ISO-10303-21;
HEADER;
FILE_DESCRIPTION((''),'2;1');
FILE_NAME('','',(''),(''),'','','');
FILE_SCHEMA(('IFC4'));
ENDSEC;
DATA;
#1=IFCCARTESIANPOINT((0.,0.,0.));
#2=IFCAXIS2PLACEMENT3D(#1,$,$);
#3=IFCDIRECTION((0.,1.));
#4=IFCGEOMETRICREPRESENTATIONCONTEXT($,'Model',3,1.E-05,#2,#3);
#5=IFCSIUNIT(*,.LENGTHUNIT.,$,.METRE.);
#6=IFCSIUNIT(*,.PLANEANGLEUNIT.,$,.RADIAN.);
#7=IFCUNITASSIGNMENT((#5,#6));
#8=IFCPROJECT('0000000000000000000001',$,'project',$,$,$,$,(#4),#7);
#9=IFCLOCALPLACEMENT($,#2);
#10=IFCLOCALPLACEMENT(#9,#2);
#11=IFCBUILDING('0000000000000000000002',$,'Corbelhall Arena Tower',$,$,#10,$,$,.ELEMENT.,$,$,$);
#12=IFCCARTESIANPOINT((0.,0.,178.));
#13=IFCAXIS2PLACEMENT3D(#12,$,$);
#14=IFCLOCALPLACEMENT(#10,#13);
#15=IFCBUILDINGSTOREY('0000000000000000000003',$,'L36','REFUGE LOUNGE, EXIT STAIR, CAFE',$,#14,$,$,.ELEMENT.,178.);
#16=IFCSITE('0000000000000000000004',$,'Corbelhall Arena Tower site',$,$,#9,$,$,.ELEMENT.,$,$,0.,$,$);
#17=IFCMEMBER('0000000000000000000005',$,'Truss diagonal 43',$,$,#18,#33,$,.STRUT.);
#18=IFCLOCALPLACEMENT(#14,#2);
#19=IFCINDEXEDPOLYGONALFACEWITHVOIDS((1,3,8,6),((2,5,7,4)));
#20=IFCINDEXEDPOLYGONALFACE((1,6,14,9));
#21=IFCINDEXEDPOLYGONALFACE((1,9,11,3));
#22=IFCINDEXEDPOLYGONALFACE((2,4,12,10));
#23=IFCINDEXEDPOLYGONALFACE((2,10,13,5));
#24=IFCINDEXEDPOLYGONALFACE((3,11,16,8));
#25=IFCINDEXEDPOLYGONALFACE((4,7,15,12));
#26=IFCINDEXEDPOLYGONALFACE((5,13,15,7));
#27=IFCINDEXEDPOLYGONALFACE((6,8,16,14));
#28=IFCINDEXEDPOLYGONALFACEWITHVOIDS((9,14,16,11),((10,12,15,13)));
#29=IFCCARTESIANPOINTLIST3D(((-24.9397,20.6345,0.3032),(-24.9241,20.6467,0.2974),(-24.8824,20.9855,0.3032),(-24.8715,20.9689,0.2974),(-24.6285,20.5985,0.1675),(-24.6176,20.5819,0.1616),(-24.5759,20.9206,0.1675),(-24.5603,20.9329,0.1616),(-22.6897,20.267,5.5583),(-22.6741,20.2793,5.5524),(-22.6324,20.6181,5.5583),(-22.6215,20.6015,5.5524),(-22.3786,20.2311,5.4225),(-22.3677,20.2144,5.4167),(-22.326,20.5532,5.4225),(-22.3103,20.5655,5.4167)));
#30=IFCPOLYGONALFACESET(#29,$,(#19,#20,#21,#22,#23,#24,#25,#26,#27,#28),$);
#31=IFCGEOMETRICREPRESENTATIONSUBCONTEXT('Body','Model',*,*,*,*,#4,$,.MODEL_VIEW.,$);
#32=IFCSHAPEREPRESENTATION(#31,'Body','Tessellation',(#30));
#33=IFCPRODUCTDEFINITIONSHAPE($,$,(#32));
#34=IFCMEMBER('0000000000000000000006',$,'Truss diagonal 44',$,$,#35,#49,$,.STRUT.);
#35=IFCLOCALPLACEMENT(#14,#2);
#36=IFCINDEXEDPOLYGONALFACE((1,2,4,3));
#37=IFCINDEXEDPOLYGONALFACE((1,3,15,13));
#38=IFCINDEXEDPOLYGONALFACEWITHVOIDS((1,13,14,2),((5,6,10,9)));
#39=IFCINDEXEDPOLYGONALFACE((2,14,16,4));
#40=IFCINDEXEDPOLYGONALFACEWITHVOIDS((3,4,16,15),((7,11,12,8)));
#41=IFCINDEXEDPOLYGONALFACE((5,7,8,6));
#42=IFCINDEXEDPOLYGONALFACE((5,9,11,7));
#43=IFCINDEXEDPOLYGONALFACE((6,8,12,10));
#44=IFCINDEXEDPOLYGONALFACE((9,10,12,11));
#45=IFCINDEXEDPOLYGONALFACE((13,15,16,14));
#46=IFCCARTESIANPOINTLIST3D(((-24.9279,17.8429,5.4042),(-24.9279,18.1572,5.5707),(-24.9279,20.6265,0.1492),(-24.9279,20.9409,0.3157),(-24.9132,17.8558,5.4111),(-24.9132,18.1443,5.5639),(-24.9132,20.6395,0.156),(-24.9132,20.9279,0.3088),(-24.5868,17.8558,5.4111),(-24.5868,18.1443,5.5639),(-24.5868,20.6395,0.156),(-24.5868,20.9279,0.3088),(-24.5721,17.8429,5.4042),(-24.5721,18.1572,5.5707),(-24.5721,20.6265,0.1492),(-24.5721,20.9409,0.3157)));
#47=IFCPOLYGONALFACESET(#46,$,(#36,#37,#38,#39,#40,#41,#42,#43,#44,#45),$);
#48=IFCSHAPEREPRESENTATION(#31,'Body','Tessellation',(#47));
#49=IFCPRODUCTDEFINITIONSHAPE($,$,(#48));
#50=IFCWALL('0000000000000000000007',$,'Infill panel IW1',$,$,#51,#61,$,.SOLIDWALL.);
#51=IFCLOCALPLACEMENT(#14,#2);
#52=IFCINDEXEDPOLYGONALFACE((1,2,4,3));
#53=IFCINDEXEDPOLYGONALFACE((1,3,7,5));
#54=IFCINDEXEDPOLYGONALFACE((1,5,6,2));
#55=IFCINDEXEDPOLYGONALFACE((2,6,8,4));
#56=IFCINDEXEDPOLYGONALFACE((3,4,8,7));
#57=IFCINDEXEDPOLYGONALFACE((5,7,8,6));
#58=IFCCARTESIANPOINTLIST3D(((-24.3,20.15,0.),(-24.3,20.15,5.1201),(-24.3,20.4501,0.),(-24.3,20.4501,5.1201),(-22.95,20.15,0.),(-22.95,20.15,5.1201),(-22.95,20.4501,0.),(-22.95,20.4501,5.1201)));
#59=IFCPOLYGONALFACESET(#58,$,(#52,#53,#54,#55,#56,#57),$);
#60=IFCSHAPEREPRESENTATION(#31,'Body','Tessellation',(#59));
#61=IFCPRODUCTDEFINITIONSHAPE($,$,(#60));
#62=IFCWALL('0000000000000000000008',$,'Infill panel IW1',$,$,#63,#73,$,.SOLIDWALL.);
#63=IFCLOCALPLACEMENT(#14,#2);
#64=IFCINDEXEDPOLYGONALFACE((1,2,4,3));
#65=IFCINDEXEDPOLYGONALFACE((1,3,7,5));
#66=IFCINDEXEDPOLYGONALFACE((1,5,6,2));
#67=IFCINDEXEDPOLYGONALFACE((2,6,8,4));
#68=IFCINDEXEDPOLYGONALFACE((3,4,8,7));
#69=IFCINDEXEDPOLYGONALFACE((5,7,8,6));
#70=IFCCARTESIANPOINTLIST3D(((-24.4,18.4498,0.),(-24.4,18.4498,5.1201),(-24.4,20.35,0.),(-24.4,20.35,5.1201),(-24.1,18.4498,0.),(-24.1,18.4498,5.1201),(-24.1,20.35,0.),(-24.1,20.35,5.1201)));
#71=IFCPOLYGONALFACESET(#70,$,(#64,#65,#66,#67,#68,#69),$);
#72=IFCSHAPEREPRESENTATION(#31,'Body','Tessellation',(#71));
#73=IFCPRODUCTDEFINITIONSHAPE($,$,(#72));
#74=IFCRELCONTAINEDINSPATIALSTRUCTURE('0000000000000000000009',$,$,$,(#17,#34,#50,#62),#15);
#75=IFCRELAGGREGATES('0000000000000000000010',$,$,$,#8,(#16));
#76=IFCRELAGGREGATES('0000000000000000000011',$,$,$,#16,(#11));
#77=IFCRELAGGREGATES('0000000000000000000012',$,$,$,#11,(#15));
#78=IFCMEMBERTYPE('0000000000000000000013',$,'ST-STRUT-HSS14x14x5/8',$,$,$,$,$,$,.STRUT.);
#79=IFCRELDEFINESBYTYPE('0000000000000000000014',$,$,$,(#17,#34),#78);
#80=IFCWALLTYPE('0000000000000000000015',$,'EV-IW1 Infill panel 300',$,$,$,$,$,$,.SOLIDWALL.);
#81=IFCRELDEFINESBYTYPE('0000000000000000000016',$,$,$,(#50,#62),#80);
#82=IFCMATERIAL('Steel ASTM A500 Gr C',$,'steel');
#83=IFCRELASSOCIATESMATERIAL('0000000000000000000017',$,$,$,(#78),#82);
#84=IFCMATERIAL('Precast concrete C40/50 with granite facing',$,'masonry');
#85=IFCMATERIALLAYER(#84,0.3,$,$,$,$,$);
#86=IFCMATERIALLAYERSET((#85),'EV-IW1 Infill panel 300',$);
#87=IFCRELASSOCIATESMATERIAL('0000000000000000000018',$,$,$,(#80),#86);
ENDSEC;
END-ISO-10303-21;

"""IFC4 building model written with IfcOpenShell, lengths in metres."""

from ifc_helpers import new_model, si_unit, direction, frame, frame_2d, origin, origin_2d, place, context, subcontext, project, spatial, rectangle, hollow_rectangle, extrude, material, layer, layer_set, material_profile, profile_set, type_object, element, save


model = new_model("IFC4")

# Units and contexts
model_context = context("Model", 3, precision=1e-05, world=origin(), true_north=direction((0.0, 1.0)))
body_context = subcontext(model_context, "Body", "Model", "MODEL_VIEW")
ifc_project = project(units=[si_unit("LENGTHUNIT", "METRE"), si_unit("PLANEANGLEUNIT", "RADIAN")], contexts=[model_context])

# Site, building, storey
site_placement = place(None, origin())
site = spatial("IfcSite", under=ifc_project, at=site_placement, Name="Corbelhall Arena Tower site", CompositionType="ELEMENT", RefElevation=0.0)
building_placement = place(site_placement, origin())
building = spatial("IfcBuilding", under=site, at=building_placement, Name="Corbelhall Arena Tower", CompositionType="ELEMENT")
storey_placement = place(building_placement, frame((0.0, 0.0, 178.0)))
storey = spatial("IfcBuildingStorey", under=building, at=storey_placement, Name="L36", Description="REFUGE LOUNGE, EXIT STAIR, CAFE", CompositionType="ELEMENT", Elevation=178.0)

# Members
ifc_material_1 = material(Name="Steel ASTM A500 Gr C", Category="steel")
ifc_material_profile_1 = material_profile(ifc_material_1, hollow_rectangle(XDim=0.3557, YDim=0.3557, WallThickness=0.0146, at=origin_2d()))
ifc_profile_set_1 = profile_set([ifc_material_profile_1], Name="Steel ASTM A500 Gr C")
member_type_1 = type_object("IfcMemberType", Name="ST-STRUT-HSS14x14x5/8", PredefinedType="STRUT", material=ifc_profile_set_1)
member_1_placement = place(storey_placement, frame((-24.75, 20.7837, 0.2324), z_axis=(0.392784, -0.064143, 0.917391), x_axis=(0.161168, 0.986927, 0.0)))
element("IfcMember", 1, at=member_1_placement, inside=storey, type_object=member_type_1, Name="Truss diagonal 43", PredefinedType="STRUT", context=body_context, shape_type="SweptSolid", body=[
    extrude(hollow_rectangle(XDim=0.3557, YDim=0.3557, WallThickness=0.0146, at=origin_2d()), origin(), (0.0, 0.0, 1.0), 5.7283),
])
member_2_placement = place(storey_placement, frame((-24.75, 20.7837, 0.2324), z_axis=(0.0, -0.468093, 0.883679), x_axis=(1.0, 0.0, 0.0)))
element("IfcMember", 2, at=member_2_placement, inside=storey, type_object=member_type_1, Name="Truss diagonal 44", PredefinedType="STRUT", context=body_context, shape_type="SweptSolid", body=[
    extrude(hollow_rectangle(XDim=0.3557, YDim=0.3557, WallThickness=0.0146, at=origin_2d()), origin(), (0.0, 0.0, 1.0), 5.9468),
])

# Walls
ifc_material_2 = material(Name="Precast concrete C40/50 with granite facing", Category="masonry")
ifc_layer = layer(ifc_material_2, 0.3)
ifc_layer_set = layer_set([ifc_layer], Name="EV-IW1 Infill panel 300")
wall_type = type_object("IfcWallType", Name="EV-IW1 Infill panel 300", PredefinedType="SOLIDWALL", material=ifc_layer_set)
wall_1_placement = place(storey_placement, frame((-22.95, 20.3, 0.0), z_axis=(0.0, 0.0, 1.0), x_axis=(-1.0, 0.0, 0.0)))
element("IfcWall", 3, at=wall_1_placement, inside=storey, type_object=wall_type, Name="Infill panel IW1", PredefinedType="SOLIDWALL", context=body_context, shape_type="SweptSolid", body=[
    extrude(rectangle(XDim=1.3501, YDim=0.3, at=frame_2d((0.675, 0.0))), origin(), (0.0, 0.0, 1.0), 5.1201),
])
wall_2_placement = place(storey_placement, frame((-24.25, 20.3501, 0.0), z_axis=(0.0, 0.0, 1.0), x_axis=(0.0, -1.0, 0.0)))
element("IfcWall", 4, at=wall_2_placement, inside=storey, type_object=wall_type, Name="Infill panel IW1", PredefinedType="SOLIDWALL", context=body_context, shape_type="SweptSolid", body=[
    extrude(rectangle(XDim=1.9001, YDim=0.3, at=frame_2d((0.9502, 0.0))), origin(), (0.0, 0.0, 1.0), 5.1201),
])

save(model, "model.ifc")
